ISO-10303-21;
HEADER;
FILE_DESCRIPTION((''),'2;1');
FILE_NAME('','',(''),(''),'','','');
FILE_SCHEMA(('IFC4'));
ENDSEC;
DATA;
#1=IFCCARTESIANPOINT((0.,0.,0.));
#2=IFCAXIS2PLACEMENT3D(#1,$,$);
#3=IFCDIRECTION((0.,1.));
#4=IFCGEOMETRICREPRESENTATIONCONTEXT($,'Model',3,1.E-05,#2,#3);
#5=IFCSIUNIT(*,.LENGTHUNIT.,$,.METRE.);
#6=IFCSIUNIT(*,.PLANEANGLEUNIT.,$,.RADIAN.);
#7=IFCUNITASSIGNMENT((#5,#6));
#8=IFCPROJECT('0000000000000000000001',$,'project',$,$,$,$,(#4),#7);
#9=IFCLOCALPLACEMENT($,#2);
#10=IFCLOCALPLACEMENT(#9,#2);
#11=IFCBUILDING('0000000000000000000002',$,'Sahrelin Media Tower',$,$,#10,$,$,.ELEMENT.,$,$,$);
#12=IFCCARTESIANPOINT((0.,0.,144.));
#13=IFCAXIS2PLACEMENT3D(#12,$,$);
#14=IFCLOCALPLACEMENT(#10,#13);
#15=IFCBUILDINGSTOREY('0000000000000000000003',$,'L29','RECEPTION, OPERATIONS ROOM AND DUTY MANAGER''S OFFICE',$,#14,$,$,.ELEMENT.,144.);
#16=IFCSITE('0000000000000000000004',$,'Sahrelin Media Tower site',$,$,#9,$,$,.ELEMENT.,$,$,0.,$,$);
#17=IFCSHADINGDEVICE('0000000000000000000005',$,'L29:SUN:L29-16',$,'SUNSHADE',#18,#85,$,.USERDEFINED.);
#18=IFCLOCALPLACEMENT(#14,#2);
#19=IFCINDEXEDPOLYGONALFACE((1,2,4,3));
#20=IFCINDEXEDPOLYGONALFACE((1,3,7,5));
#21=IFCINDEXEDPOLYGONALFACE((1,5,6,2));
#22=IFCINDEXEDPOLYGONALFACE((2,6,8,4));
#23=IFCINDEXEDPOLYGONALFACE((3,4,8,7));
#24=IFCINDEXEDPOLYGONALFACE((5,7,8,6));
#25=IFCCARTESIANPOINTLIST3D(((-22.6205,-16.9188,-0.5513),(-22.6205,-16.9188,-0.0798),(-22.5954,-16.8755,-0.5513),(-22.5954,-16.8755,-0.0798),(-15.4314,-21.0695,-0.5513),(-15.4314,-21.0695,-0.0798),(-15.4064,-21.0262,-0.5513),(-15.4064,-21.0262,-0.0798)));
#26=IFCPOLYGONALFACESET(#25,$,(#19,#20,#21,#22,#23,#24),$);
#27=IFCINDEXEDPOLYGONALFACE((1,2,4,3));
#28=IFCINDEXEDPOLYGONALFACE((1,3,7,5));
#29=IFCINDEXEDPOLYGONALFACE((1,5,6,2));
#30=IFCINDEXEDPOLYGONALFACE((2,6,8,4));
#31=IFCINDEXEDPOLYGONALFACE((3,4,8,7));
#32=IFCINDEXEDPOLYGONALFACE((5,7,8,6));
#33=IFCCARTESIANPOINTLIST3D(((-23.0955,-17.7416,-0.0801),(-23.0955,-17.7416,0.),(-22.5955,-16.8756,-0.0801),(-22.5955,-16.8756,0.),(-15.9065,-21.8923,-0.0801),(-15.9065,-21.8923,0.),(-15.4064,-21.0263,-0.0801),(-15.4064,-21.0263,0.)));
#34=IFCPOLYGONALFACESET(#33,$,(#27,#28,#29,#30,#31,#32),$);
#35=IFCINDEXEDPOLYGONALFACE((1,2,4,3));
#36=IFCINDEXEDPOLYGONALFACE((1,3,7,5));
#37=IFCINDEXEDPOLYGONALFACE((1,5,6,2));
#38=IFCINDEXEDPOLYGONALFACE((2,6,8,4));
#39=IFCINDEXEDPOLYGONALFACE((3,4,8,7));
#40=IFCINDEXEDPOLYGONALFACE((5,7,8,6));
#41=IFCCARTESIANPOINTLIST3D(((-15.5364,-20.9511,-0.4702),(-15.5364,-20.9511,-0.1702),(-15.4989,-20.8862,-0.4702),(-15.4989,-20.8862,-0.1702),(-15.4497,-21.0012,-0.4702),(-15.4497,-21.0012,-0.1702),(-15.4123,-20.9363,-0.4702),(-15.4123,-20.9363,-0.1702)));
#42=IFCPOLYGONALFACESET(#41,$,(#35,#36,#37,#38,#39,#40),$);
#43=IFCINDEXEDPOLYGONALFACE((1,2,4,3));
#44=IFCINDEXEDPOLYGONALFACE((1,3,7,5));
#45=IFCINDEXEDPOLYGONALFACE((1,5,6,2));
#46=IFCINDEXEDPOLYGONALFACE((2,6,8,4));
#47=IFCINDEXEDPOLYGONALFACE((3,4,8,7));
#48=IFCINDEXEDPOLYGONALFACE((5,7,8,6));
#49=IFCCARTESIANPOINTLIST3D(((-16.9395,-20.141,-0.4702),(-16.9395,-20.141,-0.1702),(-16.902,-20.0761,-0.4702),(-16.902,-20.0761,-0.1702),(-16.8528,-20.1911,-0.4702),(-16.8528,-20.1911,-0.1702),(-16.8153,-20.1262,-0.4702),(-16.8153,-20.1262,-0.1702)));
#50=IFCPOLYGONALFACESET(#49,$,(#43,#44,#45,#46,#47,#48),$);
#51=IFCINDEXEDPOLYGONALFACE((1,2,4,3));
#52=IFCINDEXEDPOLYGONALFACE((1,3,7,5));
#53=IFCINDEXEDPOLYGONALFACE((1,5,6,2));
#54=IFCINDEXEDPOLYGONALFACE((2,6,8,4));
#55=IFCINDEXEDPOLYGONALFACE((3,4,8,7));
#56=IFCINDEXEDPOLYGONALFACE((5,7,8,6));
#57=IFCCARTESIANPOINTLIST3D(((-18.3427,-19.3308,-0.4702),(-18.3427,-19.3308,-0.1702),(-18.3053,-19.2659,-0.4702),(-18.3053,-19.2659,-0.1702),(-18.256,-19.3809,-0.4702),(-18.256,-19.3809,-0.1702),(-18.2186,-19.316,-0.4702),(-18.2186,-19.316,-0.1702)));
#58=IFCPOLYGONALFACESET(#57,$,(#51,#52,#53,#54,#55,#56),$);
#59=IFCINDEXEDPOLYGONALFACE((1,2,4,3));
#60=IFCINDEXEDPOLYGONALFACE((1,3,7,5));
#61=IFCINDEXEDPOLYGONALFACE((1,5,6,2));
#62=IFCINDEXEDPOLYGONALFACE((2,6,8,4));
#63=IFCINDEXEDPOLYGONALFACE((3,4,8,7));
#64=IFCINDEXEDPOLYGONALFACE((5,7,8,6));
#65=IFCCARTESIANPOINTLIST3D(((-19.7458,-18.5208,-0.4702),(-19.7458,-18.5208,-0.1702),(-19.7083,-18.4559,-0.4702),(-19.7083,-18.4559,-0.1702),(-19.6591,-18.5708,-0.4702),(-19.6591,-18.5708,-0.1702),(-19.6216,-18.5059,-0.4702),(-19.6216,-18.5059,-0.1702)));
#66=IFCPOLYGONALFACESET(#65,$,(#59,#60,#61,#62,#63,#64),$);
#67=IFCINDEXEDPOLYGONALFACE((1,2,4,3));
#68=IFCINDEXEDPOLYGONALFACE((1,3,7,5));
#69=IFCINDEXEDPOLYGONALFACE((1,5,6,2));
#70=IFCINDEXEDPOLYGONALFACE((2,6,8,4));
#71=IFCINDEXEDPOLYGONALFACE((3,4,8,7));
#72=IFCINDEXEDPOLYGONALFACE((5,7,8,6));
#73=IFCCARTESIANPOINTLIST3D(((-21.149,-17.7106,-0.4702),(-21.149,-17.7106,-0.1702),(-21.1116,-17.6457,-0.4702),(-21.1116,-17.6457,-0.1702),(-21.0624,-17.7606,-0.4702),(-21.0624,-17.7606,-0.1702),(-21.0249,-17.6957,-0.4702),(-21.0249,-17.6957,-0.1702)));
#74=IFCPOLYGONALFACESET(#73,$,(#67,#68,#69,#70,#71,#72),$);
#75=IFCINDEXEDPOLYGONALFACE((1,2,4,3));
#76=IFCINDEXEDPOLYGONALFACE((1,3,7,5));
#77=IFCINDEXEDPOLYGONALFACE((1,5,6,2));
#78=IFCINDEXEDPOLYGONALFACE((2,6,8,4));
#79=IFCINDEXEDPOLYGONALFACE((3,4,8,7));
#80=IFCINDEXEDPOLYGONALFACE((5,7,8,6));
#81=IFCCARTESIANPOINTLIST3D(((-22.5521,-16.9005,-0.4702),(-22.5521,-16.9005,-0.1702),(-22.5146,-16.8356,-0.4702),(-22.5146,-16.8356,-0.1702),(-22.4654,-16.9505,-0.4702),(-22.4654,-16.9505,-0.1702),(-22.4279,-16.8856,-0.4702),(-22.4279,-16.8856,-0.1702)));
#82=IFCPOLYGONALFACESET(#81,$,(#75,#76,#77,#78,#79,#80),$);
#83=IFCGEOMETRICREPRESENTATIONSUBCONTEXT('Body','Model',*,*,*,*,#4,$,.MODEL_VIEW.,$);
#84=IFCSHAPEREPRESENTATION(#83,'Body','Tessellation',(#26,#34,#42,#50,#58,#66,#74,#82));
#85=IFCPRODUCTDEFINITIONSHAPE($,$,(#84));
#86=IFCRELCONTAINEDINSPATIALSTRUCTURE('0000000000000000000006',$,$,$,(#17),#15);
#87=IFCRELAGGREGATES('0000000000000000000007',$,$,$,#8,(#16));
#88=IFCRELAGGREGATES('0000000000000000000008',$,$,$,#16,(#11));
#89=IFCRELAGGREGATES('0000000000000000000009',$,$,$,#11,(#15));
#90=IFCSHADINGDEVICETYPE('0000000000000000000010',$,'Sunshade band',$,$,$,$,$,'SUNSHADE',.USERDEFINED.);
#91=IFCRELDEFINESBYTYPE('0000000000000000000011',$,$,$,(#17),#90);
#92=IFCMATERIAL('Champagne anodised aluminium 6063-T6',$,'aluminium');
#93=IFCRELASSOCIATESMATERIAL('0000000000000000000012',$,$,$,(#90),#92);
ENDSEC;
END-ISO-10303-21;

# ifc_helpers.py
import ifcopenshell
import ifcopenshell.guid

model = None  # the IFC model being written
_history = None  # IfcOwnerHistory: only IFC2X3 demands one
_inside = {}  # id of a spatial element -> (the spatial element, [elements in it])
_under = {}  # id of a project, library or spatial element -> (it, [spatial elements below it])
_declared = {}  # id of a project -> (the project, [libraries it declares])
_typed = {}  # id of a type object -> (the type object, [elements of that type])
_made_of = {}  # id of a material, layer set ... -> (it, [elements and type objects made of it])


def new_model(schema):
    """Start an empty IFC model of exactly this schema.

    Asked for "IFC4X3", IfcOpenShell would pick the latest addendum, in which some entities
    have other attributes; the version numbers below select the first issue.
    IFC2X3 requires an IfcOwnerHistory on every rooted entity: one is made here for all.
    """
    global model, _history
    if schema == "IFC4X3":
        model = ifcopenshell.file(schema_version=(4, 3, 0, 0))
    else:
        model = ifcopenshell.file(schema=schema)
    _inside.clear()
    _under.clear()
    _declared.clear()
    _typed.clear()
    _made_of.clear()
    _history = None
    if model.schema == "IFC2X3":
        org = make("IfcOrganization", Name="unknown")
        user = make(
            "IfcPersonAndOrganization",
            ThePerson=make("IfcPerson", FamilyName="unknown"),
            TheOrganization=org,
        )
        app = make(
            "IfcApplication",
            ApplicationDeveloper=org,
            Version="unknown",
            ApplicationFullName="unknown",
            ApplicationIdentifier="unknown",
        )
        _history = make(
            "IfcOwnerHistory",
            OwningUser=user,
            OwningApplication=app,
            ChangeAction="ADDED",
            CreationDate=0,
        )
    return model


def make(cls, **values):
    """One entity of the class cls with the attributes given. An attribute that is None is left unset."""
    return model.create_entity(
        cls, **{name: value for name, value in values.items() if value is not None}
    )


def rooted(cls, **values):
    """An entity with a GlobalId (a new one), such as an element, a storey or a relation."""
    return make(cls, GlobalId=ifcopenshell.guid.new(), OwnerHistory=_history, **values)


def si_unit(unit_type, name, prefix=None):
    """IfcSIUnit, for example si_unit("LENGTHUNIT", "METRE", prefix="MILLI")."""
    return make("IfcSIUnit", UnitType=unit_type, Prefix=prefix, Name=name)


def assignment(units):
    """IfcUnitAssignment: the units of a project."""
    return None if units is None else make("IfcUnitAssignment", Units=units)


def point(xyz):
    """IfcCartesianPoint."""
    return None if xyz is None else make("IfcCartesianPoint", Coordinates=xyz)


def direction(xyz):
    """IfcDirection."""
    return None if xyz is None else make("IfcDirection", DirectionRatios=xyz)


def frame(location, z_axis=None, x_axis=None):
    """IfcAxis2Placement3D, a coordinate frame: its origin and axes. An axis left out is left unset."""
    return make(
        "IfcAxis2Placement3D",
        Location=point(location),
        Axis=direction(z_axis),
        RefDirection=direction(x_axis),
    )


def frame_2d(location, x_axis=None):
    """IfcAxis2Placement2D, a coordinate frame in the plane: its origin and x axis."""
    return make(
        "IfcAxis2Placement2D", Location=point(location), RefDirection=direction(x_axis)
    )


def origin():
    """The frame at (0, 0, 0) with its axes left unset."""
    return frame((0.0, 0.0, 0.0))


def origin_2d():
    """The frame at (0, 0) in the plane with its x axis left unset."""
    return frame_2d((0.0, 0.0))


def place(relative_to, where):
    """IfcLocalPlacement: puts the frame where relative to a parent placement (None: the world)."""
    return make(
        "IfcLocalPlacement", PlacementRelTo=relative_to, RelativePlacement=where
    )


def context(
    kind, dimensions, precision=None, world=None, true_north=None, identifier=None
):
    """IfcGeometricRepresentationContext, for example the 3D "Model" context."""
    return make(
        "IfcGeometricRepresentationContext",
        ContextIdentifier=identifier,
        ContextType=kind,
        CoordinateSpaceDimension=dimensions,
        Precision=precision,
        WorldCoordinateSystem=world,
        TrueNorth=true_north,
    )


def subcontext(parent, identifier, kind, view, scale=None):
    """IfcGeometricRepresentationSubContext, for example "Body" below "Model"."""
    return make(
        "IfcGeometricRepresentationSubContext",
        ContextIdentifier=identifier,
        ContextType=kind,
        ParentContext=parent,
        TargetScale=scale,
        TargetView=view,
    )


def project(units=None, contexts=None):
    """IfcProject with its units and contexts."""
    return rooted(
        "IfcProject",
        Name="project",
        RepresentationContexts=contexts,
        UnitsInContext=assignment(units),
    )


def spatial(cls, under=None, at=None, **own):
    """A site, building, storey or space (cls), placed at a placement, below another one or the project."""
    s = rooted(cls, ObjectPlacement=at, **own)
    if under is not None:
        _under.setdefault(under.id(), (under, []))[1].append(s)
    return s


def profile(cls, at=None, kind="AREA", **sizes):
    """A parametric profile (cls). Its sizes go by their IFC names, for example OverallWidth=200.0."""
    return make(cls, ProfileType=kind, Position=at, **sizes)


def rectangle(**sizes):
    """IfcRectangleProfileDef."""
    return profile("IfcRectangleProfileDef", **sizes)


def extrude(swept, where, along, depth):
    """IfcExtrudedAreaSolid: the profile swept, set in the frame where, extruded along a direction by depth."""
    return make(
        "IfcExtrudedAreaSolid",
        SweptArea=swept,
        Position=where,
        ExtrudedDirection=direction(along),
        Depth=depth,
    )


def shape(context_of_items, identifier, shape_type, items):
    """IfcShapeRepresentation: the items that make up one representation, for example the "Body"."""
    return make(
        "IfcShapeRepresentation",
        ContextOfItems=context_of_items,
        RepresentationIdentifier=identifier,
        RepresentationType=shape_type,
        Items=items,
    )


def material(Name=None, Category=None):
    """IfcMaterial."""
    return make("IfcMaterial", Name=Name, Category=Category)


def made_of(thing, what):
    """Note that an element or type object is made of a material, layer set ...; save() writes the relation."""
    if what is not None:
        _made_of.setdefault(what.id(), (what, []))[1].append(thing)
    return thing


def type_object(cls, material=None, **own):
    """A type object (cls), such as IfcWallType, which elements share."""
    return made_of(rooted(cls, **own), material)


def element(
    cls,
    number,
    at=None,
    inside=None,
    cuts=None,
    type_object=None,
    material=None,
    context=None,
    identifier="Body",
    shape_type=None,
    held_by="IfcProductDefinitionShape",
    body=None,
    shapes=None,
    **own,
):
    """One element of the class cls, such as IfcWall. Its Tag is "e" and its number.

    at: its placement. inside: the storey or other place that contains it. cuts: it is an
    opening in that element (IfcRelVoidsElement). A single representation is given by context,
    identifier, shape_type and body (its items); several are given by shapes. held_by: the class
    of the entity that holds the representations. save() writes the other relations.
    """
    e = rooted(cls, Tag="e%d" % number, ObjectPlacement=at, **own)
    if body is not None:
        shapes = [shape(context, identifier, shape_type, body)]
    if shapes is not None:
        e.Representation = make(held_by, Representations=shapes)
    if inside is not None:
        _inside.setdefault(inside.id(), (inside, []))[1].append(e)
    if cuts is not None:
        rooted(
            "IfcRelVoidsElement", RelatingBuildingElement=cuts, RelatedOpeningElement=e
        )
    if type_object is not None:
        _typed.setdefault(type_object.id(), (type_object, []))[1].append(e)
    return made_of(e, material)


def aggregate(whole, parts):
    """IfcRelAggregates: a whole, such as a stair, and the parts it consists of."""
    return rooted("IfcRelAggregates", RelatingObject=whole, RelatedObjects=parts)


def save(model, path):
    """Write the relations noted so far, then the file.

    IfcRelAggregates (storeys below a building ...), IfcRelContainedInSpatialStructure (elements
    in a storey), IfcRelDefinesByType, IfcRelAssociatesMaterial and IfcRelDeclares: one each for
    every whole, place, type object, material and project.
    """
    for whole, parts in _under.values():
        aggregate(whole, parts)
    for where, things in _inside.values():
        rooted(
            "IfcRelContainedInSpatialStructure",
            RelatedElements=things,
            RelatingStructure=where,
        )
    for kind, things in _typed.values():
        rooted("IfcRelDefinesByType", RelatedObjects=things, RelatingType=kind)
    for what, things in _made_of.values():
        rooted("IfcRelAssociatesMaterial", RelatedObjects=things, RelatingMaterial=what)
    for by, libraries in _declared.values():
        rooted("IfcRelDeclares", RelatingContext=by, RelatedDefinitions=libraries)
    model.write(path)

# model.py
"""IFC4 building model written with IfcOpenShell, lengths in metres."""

from ifc_helpers import new_model, si_unit, direction, frame, origin, origin_2d, place, context, subcontext, project, spatial, rectangle, extrude, material, type_object, element, save


model = new_model("IFC4")

# Units and contexts
model_context = context("Model", 3, precision=1e-05, world=origin(), true_north=direction((0.0, 1.0)))
body_context = subcontext(model_context, "Body", "Model", "MODEL_VIEW")
ifc_project = project(units=[si_unit("LENGTHUNIT", "METRE"), si_unit("PLANEANGLEUNIT", "RADIAN")], contexts=[model_context])

# Site, building, storey
site_placement = place(None, origin())
site = spatial("IfcSite", under=ifc_project, at=site_placement, Name="Sahrelin Media Tower site", CompositionType="ELEMENT", RefElevation=0.0)
building_placement = place(site_placement, origin())
building = spatial("IfcBuilding", under=site, at=building_placement, Name="Sahrelin Media Tower", CompositionType="ELEMENT")
storey_placement = place(building_placement, frame((0.0, 0.0, 144.0)))
storey = spatial("IfcBuildingStorey", under=building, at=storey_placement, Name="L29", Description="RECEPTION, OPERATIONS ROOM AND DUTY MANAGER'S OFFICE", CompositionType="ELEMENT", Elevation=144.0)

# Shared definitions
ifc_material_1 = material(Name="Champagne anodised aluminium 6063-T6", Category="aluminium")

# Shading device
placement_1 = place(storey_placement, frame((-18.991, -18.9336, 0.0), z_axis=(0.0, 0.0, 1.0), x_axis=(-0.866019, 0.500011, 0.0)))
shading_device_type_1 = type_object("IfcShadingDeviceType", Name="Sunshade band", ElementType="SUNSHADE", PredefinedType="USERDEFINED", material=ifc_material_1)
element("IfcShadingDevice", 1, at=placement_1, inside=storey, type_object=shading_device_type_1, Name="L29:SUN:L29-16", ObjectType="SUNSHADE", PredefinedType="USERDEFINED", context=body_context, shape_type="SweptSolid", body=[
    extrude(rectangle(XDim=8.3013, YDim=0.05, at=origin_2d()), frame((0.0, 0.0449, -0.5513)), (0.0, 0.0, 1.0), 0.4714),
    extrude(rectangle(XDim=8.3013, YDim=1.0, at=origin_2d()), frame((0.0, 0.52, -0.0801)), (0.0, 0.0, 1.0), 0.0801),
    extrude(rectangle(XDim=0.1001, YDim=0.075, at=origin_2d()), frame((-4.0505, -0.0176, -0.4702)), (0.0, 0.0, 1.0), 0.3),
    extrude(rectangle(XDim=0.1001, YDim=0.075, at=origin_2d()), frame((-2.4304, -0.0176, -0.4702)), (0.0, 0.0, 1.0), 0.3),
    extrude(rectangle(XDim=0.1001, YDim=0.075, at=origin_2d()), frame((-0.8101, -0.0176, -0.4702)), (0.0, 0.0, 1.0), 0.3),
    extrude(rectangle(XDim=0.1001, YDim=0.075, at=origin_2d()), frame((0.8101, -0.0176, -0.4702)), (0.0, 0.0, 1.0), 0.3),
    extrude(rectangle(XDim=0.1001, YDim=0.075, at=origin_2d()), frame((2.4304, -0.0176, -0.4702)), (0.0, 0.0, 1.0), 0.3),
    extrude(rectangle(XDim=0.1001, YDim=0.075, at=origin_2d()), frame((4.0505, -0.0176, -0.4702)), (0.0, 0.0, 1.0), 0.3),
])

save(model, "model.ifc")
